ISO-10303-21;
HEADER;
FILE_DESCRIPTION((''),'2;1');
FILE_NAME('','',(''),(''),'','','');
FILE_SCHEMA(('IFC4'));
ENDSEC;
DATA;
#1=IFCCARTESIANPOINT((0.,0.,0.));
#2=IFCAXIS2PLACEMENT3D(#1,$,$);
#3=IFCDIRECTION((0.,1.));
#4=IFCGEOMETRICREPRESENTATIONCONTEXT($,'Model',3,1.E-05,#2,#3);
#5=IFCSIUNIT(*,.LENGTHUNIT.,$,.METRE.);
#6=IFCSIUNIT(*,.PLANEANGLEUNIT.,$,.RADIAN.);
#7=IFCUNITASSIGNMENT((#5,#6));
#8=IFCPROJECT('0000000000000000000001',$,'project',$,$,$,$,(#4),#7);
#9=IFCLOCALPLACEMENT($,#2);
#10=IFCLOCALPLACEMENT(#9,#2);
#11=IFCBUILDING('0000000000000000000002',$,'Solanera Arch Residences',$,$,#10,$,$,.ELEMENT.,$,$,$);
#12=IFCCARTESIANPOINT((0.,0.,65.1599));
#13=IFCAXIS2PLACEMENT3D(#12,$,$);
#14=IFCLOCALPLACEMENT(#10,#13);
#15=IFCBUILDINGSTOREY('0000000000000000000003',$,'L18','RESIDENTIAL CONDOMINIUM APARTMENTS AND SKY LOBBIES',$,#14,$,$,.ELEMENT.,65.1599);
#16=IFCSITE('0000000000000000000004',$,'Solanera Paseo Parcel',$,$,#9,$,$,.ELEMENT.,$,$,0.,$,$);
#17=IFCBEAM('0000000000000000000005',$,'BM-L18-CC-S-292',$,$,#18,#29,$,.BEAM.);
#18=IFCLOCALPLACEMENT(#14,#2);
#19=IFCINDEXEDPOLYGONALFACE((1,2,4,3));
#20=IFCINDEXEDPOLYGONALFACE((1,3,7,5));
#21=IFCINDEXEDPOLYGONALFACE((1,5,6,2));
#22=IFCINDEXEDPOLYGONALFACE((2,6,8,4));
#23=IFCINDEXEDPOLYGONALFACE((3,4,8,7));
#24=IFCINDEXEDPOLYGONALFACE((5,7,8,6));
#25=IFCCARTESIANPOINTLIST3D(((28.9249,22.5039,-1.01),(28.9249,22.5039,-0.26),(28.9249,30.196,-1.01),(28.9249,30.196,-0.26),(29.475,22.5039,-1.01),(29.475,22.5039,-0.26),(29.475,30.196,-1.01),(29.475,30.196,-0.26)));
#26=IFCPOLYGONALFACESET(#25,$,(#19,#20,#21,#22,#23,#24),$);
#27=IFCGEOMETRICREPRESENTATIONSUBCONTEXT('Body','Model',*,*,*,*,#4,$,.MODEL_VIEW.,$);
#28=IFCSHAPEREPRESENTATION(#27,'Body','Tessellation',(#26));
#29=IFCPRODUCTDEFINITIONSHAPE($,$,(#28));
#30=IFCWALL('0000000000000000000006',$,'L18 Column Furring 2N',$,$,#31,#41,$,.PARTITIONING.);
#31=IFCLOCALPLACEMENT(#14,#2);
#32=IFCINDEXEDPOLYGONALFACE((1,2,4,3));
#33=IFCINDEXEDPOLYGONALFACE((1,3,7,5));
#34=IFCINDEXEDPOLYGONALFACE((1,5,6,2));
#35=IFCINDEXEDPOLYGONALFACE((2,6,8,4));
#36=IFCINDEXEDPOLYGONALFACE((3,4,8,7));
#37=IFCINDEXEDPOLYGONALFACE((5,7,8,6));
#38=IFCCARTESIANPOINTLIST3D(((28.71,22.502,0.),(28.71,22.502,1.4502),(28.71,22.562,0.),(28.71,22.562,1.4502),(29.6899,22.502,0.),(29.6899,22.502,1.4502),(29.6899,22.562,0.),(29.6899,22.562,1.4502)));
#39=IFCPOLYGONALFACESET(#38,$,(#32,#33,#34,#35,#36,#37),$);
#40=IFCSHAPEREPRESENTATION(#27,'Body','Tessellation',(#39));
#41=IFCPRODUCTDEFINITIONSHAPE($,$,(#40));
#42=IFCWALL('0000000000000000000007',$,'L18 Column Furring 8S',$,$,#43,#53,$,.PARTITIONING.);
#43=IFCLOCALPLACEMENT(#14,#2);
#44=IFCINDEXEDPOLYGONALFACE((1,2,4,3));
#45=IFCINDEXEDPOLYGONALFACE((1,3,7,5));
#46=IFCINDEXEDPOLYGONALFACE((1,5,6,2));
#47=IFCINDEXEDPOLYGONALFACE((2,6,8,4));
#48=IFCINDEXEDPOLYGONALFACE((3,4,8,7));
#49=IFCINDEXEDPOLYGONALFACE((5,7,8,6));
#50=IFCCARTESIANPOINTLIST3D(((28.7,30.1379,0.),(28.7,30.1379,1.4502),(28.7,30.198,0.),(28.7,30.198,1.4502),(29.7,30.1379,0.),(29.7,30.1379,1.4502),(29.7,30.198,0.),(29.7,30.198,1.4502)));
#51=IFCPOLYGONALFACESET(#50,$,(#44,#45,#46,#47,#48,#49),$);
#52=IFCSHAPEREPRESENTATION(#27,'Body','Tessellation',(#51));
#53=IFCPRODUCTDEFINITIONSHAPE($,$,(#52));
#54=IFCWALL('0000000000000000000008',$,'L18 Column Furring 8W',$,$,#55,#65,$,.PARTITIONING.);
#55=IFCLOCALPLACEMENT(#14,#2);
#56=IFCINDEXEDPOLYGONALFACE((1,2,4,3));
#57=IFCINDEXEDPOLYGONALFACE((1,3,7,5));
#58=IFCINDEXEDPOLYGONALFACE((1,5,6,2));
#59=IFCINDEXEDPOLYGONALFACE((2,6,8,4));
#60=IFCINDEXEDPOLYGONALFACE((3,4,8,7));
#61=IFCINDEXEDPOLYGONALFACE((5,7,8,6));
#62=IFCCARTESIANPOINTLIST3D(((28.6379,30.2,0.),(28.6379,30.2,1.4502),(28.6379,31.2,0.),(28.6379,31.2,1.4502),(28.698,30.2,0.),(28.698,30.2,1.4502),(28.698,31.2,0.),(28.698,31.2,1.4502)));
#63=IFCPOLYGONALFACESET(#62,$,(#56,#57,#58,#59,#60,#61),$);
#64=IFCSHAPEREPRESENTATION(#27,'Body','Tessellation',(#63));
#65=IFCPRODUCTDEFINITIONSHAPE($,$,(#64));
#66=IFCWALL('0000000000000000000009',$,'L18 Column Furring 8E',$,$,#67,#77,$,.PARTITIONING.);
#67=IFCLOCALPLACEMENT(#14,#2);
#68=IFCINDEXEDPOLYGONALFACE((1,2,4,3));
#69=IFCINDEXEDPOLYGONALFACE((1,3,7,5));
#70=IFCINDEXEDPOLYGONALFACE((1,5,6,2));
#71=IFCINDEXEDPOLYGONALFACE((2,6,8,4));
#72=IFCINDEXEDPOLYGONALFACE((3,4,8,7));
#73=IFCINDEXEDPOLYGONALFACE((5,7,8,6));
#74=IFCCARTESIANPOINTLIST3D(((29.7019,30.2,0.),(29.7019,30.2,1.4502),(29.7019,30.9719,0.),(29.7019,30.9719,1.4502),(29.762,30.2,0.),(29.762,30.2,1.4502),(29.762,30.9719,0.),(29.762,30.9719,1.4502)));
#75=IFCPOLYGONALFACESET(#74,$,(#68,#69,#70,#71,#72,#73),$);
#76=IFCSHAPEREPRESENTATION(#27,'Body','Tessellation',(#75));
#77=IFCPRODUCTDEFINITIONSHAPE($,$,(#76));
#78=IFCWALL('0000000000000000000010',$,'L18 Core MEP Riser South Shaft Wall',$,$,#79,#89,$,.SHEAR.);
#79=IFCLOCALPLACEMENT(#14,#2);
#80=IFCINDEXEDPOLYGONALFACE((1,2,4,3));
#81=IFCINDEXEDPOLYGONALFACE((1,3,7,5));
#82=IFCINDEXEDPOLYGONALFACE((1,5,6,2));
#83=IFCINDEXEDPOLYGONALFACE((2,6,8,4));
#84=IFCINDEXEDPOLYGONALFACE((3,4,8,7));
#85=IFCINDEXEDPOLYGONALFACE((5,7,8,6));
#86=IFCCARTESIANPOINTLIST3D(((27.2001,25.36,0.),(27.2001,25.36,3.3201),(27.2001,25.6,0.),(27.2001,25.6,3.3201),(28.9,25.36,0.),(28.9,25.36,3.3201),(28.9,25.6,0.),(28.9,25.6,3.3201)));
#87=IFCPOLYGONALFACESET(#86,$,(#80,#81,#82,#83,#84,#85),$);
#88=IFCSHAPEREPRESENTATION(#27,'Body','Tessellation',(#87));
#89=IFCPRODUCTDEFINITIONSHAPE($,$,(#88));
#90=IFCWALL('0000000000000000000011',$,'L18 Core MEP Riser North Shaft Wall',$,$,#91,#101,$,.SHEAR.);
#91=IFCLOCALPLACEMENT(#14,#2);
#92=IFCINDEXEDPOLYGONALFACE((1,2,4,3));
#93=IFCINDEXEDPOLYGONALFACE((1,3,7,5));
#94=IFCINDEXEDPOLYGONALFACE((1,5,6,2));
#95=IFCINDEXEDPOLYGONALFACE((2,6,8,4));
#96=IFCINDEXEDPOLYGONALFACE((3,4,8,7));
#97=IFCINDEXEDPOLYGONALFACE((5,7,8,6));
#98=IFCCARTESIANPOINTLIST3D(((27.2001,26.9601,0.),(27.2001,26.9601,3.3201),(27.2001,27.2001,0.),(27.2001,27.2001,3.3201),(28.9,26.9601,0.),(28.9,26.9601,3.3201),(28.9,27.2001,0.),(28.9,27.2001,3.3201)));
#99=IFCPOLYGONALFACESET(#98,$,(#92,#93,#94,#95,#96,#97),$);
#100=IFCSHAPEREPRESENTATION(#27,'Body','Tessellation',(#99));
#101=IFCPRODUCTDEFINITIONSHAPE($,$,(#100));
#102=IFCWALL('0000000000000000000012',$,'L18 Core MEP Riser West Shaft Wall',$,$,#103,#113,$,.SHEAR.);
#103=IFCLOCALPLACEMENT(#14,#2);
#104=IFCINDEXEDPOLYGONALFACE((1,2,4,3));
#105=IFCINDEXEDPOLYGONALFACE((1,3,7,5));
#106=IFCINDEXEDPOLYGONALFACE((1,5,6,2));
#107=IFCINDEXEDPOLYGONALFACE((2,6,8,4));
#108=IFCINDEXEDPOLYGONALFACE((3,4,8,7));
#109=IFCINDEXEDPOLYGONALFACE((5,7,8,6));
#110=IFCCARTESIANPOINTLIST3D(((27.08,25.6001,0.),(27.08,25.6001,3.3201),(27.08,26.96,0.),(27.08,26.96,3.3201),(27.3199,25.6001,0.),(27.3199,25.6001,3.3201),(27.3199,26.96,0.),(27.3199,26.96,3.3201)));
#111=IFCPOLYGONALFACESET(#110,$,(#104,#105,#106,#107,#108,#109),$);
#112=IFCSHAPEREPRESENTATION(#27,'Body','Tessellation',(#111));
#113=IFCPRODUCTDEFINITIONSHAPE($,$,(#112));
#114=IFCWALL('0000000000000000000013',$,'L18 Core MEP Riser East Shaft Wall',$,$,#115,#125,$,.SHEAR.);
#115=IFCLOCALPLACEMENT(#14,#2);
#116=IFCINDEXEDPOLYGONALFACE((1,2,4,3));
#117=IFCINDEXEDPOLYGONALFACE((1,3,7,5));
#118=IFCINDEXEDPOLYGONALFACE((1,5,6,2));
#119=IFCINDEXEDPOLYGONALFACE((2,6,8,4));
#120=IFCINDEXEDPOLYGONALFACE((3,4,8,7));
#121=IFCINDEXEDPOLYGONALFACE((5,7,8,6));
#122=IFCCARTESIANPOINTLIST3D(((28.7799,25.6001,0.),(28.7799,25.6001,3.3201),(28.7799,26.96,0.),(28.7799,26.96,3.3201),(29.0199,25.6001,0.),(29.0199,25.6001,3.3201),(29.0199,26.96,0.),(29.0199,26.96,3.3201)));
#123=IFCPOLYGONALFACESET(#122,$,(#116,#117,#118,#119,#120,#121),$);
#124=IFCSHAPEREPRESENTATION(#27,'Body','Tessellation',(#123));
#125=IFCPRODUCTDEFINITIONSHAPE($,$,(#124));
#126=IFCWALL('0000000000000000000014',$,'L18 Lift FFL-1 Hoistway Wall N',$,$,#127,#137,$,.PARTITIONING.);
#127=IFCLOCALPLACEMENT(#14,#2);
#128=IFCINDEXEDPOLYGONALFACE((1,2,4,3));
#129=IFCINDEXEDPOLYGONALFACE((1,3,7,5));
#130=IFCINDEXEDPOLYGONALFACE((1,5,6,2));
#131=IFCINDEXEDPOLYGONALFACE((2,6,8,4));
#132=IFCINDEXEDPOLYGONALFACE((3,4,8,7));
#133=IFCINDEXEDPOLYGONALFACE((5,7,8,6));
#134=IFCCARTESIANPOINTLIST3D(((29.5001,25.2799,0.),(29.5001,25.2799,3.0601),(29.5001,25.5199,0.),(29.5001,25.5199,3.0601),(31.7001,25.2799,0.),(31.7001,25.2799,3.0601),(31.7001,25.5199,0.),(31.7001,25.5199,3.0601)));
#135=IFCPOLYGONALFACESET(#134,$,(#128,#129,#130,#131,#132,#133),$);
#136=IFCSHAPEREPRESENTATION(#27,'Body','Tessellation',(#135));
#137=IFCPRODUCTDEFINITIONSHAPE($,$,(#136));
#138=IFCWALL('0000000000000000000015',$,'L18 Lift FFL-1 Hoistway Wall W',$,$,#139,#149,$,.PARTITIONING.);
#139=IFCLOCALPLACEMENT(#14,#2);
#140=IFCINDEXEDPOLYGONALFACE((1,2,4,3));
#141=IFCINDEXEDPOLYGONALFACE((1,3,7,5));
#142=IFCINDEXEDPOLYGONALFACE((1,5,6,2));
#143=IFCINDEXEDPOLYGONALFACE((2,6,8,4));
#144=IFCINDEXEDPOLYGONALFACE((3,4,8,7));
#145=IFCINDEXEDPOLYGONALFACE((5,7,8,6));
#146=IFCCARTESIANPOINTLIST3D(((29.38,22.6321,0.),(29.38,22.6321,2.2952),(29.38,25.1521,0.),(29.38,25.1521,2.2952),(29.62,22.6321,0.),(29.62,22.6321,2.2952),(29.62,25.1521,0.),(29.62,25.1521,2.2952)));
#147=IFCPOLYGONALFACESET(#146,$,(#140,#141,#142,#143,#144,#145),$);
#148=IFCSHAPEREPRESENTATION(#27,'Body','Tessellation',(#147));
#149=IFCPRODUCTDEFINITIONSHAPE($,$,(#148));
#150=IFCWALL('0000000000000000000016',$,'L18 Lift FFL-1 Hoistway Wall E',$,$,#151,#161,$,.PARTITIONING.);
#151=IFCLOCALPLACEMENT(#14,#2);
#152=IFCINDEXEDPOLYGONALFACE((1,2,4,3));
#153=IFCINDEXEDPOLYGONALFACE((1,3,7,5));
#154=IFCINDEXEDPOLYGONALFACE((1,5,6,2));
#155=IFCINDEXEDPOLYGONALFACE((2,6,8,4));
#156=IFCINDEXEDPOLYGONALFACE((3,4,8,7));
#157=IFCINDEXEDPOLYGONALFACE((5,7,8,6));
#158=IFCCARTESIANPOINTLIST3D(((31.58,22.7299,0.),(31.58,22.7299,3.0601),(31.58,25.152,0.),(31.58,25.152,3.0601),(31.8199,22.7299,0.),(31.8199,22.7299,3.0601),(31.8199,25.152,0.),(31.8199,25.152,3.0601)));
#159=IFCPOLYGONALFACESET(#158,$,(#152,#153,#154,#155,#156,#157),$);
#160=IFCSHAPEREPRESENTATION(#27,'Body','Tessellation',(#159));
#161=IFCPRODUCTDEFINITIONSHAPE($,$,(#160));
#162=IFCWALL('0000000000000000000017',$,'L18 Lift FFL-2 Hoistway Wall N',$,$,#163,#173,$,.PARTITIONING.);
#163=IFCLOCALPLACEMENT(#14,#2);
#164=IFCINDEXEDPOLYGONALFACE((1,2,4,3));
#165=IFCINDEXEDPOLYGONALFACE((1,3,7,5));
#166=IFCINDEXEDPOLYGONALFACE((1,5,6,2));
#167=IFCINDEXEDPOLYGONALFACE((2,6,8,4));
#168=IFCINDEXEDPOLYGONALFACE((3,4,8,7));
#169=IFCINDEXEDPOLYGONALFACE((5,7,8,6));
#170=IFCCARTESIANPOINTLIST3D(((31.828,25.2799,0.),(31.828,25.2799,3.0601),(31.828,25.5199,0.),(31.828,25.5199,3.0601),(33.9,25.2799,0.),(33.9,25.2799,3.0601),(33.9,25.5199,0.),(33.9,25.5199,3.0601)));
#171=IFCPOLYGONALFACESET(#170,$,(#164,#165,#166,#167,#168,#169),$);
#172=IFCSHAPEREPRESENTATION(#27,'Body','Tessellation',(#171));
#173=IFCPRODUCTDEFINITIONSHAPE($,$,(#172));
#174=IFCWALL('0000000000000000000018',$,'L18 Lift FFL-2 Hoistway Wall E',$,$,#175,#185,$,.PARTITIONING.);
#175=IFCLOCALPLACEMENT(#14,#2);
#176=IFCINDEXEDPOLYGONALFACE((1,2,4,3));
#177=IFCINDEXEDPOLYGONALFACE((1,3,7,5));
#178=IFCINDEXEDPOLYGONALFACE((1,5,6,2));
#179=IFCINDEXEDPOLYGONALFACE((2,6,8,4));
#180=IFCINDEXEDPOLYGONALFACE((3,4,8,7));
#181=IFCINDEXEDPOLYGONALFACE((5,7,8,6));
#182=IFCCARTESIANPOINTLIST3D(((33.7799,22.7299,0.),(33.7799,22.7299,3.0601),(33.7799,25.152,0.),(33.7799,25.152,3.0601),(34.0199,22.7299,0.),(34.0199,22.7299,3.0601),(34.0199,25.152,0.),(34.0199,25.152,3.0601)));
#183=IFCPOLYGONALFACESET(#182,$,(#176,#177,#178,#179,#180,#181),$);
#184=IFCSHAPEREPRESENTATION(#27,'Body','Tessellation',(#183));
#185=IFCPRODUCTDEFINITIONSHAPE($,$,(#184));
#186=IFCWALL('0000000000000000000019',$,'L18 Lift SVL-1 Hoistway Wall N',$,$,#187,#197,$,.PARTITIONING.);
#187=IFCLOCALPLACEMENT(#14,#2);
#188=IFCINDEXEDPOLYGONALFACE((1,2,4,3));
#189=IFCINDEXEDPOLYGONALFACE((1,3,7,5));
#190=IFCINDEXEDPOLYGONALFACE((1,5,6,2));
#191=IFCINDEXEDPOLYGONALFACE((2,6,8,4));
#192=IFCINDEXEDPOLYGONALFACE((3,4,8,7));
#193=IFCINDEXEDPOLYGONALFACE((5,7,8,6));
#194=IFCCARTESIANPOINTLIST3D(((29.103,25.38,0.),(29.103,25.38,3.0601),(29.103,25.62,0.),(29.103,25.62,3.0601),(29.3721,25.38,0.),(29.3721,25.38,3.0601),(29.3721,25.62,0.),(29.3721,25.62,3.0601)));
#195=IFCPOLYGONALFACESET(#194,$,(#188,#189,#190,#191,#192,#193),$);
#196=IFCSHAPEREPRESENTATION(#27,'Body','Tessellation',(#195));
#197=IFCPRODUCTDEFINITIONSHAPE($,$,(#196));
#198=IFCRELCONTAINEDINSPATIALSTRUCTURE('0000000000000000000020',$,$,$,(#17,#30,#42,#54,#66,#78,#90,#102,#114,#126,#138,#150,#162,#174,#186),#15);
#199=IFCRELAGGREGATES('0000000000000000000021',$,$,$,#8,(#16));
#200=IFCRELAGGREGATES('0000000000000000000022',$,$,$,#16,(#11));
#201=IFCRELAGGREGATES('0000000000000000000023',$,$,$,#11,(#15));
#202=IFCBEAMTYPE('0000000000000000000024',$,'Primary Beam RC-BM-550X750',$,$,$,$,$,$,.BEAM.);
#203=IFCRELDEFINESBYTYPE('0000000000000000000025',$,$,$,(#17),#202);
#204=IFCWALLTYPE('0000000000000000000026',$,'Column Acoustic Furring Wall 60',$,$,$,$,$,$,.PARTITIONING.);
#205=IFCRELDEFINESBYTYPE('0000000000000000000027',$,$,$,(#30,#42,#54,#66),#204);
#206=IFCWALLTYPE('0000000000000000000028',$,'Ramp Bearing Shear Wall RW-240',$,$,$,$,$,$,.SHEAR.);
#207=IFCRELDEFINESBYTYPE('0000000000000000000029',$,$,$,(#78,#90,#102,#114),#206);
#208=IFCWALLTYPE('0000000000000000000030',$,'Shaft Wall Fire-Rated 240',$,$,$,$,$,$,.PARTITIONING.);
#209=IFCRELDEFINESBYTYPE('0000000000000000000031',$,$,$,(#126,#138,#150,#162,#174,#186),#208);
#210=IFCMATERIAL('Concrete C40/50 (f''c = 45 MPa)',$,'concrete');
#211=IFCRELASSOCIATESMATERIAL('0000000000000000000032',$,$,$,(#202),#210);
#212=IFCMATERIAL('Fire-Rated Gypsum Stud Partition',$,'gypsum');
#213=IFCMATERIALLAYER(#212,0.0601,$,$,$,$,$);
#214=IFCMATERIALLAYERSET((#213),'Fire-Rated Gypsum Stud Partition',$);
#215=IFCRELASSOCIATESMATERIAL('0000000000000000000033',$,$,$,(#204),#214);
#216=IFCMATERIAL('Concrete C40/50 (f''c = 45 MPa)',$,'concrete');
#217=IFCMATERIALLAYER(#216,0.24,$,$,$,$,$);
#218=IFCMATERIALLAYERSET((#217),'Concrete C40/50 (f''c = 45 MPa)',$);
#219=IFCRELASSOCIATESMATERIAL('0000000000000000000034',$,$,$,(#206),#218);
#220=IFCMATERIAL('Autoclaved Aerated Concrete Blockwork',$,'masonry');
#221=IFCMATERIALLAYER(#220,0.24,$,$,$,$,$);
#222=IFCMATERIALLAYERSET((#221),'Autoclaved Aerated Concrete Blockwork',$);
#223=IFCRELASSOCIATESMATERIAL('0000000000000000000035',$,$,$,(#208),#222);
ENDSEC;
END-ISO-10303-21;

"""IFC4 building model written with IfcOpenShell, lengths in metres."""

from ifc_helpers import new_model, si_unit, direction, frame, frame_2d, origin, origin_2d, place, context, subcontext, project, spatial, rectangle, extrude, material, layer, layer_set, material_profile, profile_set, type_object, element, save


model = new_model("IFC4")

# Units and contexts
model_context = context("Model", 3, precision=1e-05, world=origin(), true_north=direction((0.0, 1.0)))
body_context = subcontext(model_context, "Body", "Model", "MODEL_VIEW")
ifc_project = project(units=[si_unit("LENGTHUNIT", "METRE"), si_unit("PLANEANGLEUNIT", "RADIAN")], contexts=[model_context])

# Site, building, storey
site_placement = place(None, origin())
site = spatial("IfcSite", under=ifc_project, at=site_placement, Name="Solanera Paseo Parcel", CompositionType="ELEMENT", RefElevation=0.0)
building_placement = place(site_placement, origin())
building = spatial("IfcBuilding", under=site, at=building_placement, Name="Solanera Arch Residences", CompositionType="ELEMENT")
storey_placement = place(building_placement, frame((0.0, 0.0, 65.1599)))
storey = spatial("IfcBuildingStorey", under=building, at=storey_placement, Name="L18", Description="RESIDENTIAL CONDOMINIUM APARTMENTS AND SKY LOBBIES", CompositionType="ELEMENT", Elevation=65.1599)

# Beam
ifc_material_1 = material(Name="Concrete C40/50 (f'c = 45 MPa)", Category="concrete")
ifc_material_profile = material_profile(ifc_material_1, rectangle(XDim=0.55, YDim=0.75, at=origin_2d()))
ifc_profile_set = profile_set([ifc_material_profile], Name="Concrete C40/50 (f'c = 45 MPa)")
beam_type = type_object("IfcBeamType", Name="Primary Beam RC-BM-550X750", PredefinedType="BEAM", material=ifc_profile_set)
beam_placement = place(storey_placement, frame((29.2, 22.5039, -0.635), z_axis=(0.0, 1.0, 0.0), x_axis=(-1.0, 0.0, 0.0)))
element("IfcBeam", 1, at=beam_placement, inside=storey, type_object=beam_type, Name="BM-L18-CC-S-292", PredefinedType="BEAM", context=body_context, shape_type="SweptSolid", body=[
    extrude(rectangle(XDim=0.55, YDim=0.75, at=origin_2d()), origin(), (0.0, 0.0, 1.0), 7.6921),
])

# Walls
ifc_material_2 = material(Name="Fire-Rated Gypsum Stud Partition", Category="gypsum")
ifc_layer_1 = layer(ifc_material_2, 0.0601)
ifc_layer_set_1 = layer_set([ifc_layer_1], Name="Fire-Rated Gypsum Stud Partition")
wall_type_1 = type_object("IfcWallType", Name="Column Acoustic Furring Wall 60", PredefinedType="PARTITIONING", material=ifc_layer_set_1)
wall_1_placement = place(storey_placement, frame((28.71, 22.532, 0.0), z_axis=(0.0, 0.0, 1.0), x_axis=(1.0, 0.0, 0.0)))
element("IfcWall", 2, at=wall_1_placement, inside=storey, type_object=wall_type_1, Name="L18 Column Furring 2N", PredefinedType="PARTITIONING", context=body_context, shape_type="SweptSolid", body=[
    extrude(rectangle(XDim=0.98, YDim=0.0601, at=frame_2d((0.49, 0.0))), origin(), (0.0, 0.0, 1.0), 1.4502),
])
for number, where, z_axis, x_axis, name in (
    (3, (28.7, 30.168, 0.0), (0.0, 0.0, 1.0), (1.0, 0.0, 0.0), "L18 Column Furring 8S"),
    (4, (28.668, 30.2, 0.0), (0.0, 0.0, 1.0), (0.0, 1.0, 0.0), "L18 Column Furring 8W"),
):
    element("IfcWall", number, at=place(storey_placement, frame(where, z_axis=z_axis, x_axis=x_axis)), inside=storey, type_object=wall_type_1, Name=name, PredefinedType="PARTITIONING", context=body_context, shape_type="SweptSolid", body=[
        extrude(rectangle(XDim=1.0, YDim=0.0601, at=frame_2d((0.5, 0.0))), origin(), (0.0, 0.0, 1.0), 1.4502),
    ])
wall_2_placement = place(storey_placement, frame((29.7319, 30.2, 0.0), z_axis=(0.0, 0.0, 1.0), x_axis=(0.0, 1.0, 0.0)))
element("IfcWall", 5, at=wall_2_placement, inside=storey, type_object=wall_type_1, Name="L18 Column Furring 8E", PredefinedType="PARTITIONING", context=body_context, shape_type="SweptSolid", body=[
    extrude(rectangle(XDim=0.772, YDim=0.0601, at=frame_2d((0.386, 0.0))), origin(), (0.0, 0.0, 1.0), 1.4502),
])
ifc_material_3 = material(Name="Concrete C40/50 (f'c = 45 MPa)", Category="concrete")
ifc_layer_2 = layer(ifc_material_3, 0.24)
ifc_layer_set_2 = layer_set([ifc_layer_2], Name="Concrete C40/50 (f'c = 45 MPa)")
wall_type_2 = type_object("IfcWallType", Name="Ramp Bearing Shear Wall RW-240", PredefinedType="SHEAR", material=ifc_layer_set_2)
for number, where, z_axis, x_axis, name in (
    (6, (27.2, 25.48, 0.0), (0.0, 0.0, 1.0), (1.0, 0.0, 0.0), "L18 Core MEP Riser South Shaft Wall"),
    (7, (27.2, 27.0801, 0.0), (0.0, 0.0, 1.0), (1.0, 0.0, 0.0), "L18 Core MEP Riser North Shaft Wall"),
):
    element("IfcWall", number, at=place(storey_placement, frame(where, z_axis=z_axis, x_axis=x_axis)), inside=storey, type_object=wall_type_2, Name=name, PredefinedType="SHEAR", context=body_context, shape_type="SweptSolid", body=[
        extrude(rectangle(XDim=1.7, YDim=0.24, at=frame_2d((0.8501, 0.0))), origin(), (0.0, 0.0, 1.0), 3.3201),
    ])
for number, where, z_axis, x_axis, name in (
    (8, (27.2, 25.6001, 0.0), (0.0, 0.0, 1.0), (0.0, 1.0, 0.0), "L18 Core MEP Riser West Shaft Wall"),
    (9, (28.8999, 25.6001, 0.0), (0.0, 0.0, 1.0), (0.0, 1.0, 0.0), "L18 Core MEP Riser East Shaft Wall"),
):
    element("IfcWall", number, at=place(storey_placement, frame(where, z_axis=z_axis, x_axis=x_axis)), inside=storey, type_object=wall_type_2, Name=name, PredefinedType="SHEAR", context=body_context, shape_type="SweptSolid", body=[
        extrude(rectangle(XDim=1.3599, YDim=0.24, at=frame_2d((0.6799, 0.0))), origin(), (0.0, 0.0, 1.0), 3.3201),
    ])
ifc_material_4 = material(Name="Autoclaved Aerated Concrete Blockwork", Category="masonry")
ifc_layer_3 = layer(ifc_material_4, 0.24)
ifc_layer_set_3 = layer_set([ifc_layer_3], Name="Autoclaved Aerated Concrete Blockwork")
wall_type_3 = type_object("IfcWallType", Name="Shaft Wall Fire-Rated 240", PredefinedType="PARTITIONING", material=ifc_layer_set_3)
wall_3_placement = place(storey_placement, frame((29.5, 25.3999, 0.0), z_axis=(0.0, 0.0, 1.0), x_axis=(1.0, 0.0, 0.0)))
element("IfcWall", 10, at=wall_3_placement, inside=storey, type_object=wall_type_3, Name="L18 Lift FFL-1 Hoistway Wall N", PredefinedType="PARTITIONING", context=body_context, shape_type="SweptSolid", body=[
    extrude(rectangle(XDim=2.2, YDim=0.24, at=frame_2d((1.1001, 0.0))), origin(), (0.0, 0.0, 1.0), 3.0601),
])
wall_4_placement = place(storey_placement, frame((29.5, 22.6321, 0.0), z_axis=(0.0, 0.0, 1.0), x_axis=(0.0, 1.0, 0.0)))
element("IfcWall", 11, at=wall_4_placement, inside=storey, type_object=wall_type_3, Name="L18 Lift FFL-1 Hoistway Wall W", PredefinedType="PARTITIONING", context=body_context, shape_type="SweptSolid", body=[
    extrude(rectangle(XDim=2.52, YDim=0.24, at=frame_2d((1.26, 0.0))), origin(), (0.0, 0.0, 1.0), 2.2952),
])
wall_5_placement = place(storey_placement, frame((31.7, 22.73, 0.0), z_axis=(0.0, 0.0, 1.0), x_axis=(0.0, 1.0, 0.0)))
element("IfcWall", 12, at=wall_5_placement, inside=storey, type_object=wall_type_3, Name="L18 Lift FFL-1 Hoistway Wall E", PredefinedType="PARTITIONING", context=body_context, shape_type="SweptSolid", body=[
    extrude(rectangle(XDim=2.4221, YDim=0.24, at=frame_2d((1.2109, 0.0))), origin(), (0.0, 0.0, 1.0), 3.0601),
])
wall_6_placement = place(storey_placement, frame((31.8279, 25.3999, 0.0), z_axis=(0.0, 0.0, 1.0), x_axis=(1.0, 0.0, 0.0)))
element("IfcWall", 13, at=wall_6_placement, inside=storey, type_object=wall_type_3, Name="L18 Lift FFL-2 Hoistway Wall N", PredefinedType="PARTITIONING", context=body_context, shape_type="SweptSolid", body=[
    extrude(rectangle(XDim=2.072, YDim=0.24, at=frame_2d((1.0361, 0.0))), origin(), (0.0, 0.0, 1.0), 3.0601),
])
wall_7_placement = place(storey_placement, frame((33.8999, 22.73, 0.0), z_axis=(0.0, 0.0, 1.0), x_axis=(0.0, 1.0, 0.0)))
element("IfcWall", 14, at=wall_7_placement, inside=storey, type_object=wall_type_3, Name="L18 Lift FFL-2 Hoistway Wall E", PredefinedType="PARTITIONING", context=body_context, shape_type="SweptSolid", body=[
    extrude(rectangle(XDim=2.4221, YDim=0.24, at=frame_2d((1.2109, 0.0))), origin(), (0.0, 0.0, 1.0), 3.0601),
])
wall_8_placement = place(storey_placement, frame((29.103, 25.5, 0.0), z_axis=(0.0, 0.0, 1.0), x_axis=(1.0, 0.0, 0.0)))
element("IfcWall", 15, at=wall_8_placement, inside=storey, type_object=wall_type_3, Name="L18 Lift SVL-1 Hoistway Wall N", PredefinedType="PARTITIONING", context=body_context, shape_type="SweptSolid", body=[
    extrude(rectangle(XDim=0.269, YDim=0.24, at=frame_2d((0.1345, 0.0))), origin(), (0.0, 0.0, 1.0), 3.0601),
])

save(model, "model.ifc")
